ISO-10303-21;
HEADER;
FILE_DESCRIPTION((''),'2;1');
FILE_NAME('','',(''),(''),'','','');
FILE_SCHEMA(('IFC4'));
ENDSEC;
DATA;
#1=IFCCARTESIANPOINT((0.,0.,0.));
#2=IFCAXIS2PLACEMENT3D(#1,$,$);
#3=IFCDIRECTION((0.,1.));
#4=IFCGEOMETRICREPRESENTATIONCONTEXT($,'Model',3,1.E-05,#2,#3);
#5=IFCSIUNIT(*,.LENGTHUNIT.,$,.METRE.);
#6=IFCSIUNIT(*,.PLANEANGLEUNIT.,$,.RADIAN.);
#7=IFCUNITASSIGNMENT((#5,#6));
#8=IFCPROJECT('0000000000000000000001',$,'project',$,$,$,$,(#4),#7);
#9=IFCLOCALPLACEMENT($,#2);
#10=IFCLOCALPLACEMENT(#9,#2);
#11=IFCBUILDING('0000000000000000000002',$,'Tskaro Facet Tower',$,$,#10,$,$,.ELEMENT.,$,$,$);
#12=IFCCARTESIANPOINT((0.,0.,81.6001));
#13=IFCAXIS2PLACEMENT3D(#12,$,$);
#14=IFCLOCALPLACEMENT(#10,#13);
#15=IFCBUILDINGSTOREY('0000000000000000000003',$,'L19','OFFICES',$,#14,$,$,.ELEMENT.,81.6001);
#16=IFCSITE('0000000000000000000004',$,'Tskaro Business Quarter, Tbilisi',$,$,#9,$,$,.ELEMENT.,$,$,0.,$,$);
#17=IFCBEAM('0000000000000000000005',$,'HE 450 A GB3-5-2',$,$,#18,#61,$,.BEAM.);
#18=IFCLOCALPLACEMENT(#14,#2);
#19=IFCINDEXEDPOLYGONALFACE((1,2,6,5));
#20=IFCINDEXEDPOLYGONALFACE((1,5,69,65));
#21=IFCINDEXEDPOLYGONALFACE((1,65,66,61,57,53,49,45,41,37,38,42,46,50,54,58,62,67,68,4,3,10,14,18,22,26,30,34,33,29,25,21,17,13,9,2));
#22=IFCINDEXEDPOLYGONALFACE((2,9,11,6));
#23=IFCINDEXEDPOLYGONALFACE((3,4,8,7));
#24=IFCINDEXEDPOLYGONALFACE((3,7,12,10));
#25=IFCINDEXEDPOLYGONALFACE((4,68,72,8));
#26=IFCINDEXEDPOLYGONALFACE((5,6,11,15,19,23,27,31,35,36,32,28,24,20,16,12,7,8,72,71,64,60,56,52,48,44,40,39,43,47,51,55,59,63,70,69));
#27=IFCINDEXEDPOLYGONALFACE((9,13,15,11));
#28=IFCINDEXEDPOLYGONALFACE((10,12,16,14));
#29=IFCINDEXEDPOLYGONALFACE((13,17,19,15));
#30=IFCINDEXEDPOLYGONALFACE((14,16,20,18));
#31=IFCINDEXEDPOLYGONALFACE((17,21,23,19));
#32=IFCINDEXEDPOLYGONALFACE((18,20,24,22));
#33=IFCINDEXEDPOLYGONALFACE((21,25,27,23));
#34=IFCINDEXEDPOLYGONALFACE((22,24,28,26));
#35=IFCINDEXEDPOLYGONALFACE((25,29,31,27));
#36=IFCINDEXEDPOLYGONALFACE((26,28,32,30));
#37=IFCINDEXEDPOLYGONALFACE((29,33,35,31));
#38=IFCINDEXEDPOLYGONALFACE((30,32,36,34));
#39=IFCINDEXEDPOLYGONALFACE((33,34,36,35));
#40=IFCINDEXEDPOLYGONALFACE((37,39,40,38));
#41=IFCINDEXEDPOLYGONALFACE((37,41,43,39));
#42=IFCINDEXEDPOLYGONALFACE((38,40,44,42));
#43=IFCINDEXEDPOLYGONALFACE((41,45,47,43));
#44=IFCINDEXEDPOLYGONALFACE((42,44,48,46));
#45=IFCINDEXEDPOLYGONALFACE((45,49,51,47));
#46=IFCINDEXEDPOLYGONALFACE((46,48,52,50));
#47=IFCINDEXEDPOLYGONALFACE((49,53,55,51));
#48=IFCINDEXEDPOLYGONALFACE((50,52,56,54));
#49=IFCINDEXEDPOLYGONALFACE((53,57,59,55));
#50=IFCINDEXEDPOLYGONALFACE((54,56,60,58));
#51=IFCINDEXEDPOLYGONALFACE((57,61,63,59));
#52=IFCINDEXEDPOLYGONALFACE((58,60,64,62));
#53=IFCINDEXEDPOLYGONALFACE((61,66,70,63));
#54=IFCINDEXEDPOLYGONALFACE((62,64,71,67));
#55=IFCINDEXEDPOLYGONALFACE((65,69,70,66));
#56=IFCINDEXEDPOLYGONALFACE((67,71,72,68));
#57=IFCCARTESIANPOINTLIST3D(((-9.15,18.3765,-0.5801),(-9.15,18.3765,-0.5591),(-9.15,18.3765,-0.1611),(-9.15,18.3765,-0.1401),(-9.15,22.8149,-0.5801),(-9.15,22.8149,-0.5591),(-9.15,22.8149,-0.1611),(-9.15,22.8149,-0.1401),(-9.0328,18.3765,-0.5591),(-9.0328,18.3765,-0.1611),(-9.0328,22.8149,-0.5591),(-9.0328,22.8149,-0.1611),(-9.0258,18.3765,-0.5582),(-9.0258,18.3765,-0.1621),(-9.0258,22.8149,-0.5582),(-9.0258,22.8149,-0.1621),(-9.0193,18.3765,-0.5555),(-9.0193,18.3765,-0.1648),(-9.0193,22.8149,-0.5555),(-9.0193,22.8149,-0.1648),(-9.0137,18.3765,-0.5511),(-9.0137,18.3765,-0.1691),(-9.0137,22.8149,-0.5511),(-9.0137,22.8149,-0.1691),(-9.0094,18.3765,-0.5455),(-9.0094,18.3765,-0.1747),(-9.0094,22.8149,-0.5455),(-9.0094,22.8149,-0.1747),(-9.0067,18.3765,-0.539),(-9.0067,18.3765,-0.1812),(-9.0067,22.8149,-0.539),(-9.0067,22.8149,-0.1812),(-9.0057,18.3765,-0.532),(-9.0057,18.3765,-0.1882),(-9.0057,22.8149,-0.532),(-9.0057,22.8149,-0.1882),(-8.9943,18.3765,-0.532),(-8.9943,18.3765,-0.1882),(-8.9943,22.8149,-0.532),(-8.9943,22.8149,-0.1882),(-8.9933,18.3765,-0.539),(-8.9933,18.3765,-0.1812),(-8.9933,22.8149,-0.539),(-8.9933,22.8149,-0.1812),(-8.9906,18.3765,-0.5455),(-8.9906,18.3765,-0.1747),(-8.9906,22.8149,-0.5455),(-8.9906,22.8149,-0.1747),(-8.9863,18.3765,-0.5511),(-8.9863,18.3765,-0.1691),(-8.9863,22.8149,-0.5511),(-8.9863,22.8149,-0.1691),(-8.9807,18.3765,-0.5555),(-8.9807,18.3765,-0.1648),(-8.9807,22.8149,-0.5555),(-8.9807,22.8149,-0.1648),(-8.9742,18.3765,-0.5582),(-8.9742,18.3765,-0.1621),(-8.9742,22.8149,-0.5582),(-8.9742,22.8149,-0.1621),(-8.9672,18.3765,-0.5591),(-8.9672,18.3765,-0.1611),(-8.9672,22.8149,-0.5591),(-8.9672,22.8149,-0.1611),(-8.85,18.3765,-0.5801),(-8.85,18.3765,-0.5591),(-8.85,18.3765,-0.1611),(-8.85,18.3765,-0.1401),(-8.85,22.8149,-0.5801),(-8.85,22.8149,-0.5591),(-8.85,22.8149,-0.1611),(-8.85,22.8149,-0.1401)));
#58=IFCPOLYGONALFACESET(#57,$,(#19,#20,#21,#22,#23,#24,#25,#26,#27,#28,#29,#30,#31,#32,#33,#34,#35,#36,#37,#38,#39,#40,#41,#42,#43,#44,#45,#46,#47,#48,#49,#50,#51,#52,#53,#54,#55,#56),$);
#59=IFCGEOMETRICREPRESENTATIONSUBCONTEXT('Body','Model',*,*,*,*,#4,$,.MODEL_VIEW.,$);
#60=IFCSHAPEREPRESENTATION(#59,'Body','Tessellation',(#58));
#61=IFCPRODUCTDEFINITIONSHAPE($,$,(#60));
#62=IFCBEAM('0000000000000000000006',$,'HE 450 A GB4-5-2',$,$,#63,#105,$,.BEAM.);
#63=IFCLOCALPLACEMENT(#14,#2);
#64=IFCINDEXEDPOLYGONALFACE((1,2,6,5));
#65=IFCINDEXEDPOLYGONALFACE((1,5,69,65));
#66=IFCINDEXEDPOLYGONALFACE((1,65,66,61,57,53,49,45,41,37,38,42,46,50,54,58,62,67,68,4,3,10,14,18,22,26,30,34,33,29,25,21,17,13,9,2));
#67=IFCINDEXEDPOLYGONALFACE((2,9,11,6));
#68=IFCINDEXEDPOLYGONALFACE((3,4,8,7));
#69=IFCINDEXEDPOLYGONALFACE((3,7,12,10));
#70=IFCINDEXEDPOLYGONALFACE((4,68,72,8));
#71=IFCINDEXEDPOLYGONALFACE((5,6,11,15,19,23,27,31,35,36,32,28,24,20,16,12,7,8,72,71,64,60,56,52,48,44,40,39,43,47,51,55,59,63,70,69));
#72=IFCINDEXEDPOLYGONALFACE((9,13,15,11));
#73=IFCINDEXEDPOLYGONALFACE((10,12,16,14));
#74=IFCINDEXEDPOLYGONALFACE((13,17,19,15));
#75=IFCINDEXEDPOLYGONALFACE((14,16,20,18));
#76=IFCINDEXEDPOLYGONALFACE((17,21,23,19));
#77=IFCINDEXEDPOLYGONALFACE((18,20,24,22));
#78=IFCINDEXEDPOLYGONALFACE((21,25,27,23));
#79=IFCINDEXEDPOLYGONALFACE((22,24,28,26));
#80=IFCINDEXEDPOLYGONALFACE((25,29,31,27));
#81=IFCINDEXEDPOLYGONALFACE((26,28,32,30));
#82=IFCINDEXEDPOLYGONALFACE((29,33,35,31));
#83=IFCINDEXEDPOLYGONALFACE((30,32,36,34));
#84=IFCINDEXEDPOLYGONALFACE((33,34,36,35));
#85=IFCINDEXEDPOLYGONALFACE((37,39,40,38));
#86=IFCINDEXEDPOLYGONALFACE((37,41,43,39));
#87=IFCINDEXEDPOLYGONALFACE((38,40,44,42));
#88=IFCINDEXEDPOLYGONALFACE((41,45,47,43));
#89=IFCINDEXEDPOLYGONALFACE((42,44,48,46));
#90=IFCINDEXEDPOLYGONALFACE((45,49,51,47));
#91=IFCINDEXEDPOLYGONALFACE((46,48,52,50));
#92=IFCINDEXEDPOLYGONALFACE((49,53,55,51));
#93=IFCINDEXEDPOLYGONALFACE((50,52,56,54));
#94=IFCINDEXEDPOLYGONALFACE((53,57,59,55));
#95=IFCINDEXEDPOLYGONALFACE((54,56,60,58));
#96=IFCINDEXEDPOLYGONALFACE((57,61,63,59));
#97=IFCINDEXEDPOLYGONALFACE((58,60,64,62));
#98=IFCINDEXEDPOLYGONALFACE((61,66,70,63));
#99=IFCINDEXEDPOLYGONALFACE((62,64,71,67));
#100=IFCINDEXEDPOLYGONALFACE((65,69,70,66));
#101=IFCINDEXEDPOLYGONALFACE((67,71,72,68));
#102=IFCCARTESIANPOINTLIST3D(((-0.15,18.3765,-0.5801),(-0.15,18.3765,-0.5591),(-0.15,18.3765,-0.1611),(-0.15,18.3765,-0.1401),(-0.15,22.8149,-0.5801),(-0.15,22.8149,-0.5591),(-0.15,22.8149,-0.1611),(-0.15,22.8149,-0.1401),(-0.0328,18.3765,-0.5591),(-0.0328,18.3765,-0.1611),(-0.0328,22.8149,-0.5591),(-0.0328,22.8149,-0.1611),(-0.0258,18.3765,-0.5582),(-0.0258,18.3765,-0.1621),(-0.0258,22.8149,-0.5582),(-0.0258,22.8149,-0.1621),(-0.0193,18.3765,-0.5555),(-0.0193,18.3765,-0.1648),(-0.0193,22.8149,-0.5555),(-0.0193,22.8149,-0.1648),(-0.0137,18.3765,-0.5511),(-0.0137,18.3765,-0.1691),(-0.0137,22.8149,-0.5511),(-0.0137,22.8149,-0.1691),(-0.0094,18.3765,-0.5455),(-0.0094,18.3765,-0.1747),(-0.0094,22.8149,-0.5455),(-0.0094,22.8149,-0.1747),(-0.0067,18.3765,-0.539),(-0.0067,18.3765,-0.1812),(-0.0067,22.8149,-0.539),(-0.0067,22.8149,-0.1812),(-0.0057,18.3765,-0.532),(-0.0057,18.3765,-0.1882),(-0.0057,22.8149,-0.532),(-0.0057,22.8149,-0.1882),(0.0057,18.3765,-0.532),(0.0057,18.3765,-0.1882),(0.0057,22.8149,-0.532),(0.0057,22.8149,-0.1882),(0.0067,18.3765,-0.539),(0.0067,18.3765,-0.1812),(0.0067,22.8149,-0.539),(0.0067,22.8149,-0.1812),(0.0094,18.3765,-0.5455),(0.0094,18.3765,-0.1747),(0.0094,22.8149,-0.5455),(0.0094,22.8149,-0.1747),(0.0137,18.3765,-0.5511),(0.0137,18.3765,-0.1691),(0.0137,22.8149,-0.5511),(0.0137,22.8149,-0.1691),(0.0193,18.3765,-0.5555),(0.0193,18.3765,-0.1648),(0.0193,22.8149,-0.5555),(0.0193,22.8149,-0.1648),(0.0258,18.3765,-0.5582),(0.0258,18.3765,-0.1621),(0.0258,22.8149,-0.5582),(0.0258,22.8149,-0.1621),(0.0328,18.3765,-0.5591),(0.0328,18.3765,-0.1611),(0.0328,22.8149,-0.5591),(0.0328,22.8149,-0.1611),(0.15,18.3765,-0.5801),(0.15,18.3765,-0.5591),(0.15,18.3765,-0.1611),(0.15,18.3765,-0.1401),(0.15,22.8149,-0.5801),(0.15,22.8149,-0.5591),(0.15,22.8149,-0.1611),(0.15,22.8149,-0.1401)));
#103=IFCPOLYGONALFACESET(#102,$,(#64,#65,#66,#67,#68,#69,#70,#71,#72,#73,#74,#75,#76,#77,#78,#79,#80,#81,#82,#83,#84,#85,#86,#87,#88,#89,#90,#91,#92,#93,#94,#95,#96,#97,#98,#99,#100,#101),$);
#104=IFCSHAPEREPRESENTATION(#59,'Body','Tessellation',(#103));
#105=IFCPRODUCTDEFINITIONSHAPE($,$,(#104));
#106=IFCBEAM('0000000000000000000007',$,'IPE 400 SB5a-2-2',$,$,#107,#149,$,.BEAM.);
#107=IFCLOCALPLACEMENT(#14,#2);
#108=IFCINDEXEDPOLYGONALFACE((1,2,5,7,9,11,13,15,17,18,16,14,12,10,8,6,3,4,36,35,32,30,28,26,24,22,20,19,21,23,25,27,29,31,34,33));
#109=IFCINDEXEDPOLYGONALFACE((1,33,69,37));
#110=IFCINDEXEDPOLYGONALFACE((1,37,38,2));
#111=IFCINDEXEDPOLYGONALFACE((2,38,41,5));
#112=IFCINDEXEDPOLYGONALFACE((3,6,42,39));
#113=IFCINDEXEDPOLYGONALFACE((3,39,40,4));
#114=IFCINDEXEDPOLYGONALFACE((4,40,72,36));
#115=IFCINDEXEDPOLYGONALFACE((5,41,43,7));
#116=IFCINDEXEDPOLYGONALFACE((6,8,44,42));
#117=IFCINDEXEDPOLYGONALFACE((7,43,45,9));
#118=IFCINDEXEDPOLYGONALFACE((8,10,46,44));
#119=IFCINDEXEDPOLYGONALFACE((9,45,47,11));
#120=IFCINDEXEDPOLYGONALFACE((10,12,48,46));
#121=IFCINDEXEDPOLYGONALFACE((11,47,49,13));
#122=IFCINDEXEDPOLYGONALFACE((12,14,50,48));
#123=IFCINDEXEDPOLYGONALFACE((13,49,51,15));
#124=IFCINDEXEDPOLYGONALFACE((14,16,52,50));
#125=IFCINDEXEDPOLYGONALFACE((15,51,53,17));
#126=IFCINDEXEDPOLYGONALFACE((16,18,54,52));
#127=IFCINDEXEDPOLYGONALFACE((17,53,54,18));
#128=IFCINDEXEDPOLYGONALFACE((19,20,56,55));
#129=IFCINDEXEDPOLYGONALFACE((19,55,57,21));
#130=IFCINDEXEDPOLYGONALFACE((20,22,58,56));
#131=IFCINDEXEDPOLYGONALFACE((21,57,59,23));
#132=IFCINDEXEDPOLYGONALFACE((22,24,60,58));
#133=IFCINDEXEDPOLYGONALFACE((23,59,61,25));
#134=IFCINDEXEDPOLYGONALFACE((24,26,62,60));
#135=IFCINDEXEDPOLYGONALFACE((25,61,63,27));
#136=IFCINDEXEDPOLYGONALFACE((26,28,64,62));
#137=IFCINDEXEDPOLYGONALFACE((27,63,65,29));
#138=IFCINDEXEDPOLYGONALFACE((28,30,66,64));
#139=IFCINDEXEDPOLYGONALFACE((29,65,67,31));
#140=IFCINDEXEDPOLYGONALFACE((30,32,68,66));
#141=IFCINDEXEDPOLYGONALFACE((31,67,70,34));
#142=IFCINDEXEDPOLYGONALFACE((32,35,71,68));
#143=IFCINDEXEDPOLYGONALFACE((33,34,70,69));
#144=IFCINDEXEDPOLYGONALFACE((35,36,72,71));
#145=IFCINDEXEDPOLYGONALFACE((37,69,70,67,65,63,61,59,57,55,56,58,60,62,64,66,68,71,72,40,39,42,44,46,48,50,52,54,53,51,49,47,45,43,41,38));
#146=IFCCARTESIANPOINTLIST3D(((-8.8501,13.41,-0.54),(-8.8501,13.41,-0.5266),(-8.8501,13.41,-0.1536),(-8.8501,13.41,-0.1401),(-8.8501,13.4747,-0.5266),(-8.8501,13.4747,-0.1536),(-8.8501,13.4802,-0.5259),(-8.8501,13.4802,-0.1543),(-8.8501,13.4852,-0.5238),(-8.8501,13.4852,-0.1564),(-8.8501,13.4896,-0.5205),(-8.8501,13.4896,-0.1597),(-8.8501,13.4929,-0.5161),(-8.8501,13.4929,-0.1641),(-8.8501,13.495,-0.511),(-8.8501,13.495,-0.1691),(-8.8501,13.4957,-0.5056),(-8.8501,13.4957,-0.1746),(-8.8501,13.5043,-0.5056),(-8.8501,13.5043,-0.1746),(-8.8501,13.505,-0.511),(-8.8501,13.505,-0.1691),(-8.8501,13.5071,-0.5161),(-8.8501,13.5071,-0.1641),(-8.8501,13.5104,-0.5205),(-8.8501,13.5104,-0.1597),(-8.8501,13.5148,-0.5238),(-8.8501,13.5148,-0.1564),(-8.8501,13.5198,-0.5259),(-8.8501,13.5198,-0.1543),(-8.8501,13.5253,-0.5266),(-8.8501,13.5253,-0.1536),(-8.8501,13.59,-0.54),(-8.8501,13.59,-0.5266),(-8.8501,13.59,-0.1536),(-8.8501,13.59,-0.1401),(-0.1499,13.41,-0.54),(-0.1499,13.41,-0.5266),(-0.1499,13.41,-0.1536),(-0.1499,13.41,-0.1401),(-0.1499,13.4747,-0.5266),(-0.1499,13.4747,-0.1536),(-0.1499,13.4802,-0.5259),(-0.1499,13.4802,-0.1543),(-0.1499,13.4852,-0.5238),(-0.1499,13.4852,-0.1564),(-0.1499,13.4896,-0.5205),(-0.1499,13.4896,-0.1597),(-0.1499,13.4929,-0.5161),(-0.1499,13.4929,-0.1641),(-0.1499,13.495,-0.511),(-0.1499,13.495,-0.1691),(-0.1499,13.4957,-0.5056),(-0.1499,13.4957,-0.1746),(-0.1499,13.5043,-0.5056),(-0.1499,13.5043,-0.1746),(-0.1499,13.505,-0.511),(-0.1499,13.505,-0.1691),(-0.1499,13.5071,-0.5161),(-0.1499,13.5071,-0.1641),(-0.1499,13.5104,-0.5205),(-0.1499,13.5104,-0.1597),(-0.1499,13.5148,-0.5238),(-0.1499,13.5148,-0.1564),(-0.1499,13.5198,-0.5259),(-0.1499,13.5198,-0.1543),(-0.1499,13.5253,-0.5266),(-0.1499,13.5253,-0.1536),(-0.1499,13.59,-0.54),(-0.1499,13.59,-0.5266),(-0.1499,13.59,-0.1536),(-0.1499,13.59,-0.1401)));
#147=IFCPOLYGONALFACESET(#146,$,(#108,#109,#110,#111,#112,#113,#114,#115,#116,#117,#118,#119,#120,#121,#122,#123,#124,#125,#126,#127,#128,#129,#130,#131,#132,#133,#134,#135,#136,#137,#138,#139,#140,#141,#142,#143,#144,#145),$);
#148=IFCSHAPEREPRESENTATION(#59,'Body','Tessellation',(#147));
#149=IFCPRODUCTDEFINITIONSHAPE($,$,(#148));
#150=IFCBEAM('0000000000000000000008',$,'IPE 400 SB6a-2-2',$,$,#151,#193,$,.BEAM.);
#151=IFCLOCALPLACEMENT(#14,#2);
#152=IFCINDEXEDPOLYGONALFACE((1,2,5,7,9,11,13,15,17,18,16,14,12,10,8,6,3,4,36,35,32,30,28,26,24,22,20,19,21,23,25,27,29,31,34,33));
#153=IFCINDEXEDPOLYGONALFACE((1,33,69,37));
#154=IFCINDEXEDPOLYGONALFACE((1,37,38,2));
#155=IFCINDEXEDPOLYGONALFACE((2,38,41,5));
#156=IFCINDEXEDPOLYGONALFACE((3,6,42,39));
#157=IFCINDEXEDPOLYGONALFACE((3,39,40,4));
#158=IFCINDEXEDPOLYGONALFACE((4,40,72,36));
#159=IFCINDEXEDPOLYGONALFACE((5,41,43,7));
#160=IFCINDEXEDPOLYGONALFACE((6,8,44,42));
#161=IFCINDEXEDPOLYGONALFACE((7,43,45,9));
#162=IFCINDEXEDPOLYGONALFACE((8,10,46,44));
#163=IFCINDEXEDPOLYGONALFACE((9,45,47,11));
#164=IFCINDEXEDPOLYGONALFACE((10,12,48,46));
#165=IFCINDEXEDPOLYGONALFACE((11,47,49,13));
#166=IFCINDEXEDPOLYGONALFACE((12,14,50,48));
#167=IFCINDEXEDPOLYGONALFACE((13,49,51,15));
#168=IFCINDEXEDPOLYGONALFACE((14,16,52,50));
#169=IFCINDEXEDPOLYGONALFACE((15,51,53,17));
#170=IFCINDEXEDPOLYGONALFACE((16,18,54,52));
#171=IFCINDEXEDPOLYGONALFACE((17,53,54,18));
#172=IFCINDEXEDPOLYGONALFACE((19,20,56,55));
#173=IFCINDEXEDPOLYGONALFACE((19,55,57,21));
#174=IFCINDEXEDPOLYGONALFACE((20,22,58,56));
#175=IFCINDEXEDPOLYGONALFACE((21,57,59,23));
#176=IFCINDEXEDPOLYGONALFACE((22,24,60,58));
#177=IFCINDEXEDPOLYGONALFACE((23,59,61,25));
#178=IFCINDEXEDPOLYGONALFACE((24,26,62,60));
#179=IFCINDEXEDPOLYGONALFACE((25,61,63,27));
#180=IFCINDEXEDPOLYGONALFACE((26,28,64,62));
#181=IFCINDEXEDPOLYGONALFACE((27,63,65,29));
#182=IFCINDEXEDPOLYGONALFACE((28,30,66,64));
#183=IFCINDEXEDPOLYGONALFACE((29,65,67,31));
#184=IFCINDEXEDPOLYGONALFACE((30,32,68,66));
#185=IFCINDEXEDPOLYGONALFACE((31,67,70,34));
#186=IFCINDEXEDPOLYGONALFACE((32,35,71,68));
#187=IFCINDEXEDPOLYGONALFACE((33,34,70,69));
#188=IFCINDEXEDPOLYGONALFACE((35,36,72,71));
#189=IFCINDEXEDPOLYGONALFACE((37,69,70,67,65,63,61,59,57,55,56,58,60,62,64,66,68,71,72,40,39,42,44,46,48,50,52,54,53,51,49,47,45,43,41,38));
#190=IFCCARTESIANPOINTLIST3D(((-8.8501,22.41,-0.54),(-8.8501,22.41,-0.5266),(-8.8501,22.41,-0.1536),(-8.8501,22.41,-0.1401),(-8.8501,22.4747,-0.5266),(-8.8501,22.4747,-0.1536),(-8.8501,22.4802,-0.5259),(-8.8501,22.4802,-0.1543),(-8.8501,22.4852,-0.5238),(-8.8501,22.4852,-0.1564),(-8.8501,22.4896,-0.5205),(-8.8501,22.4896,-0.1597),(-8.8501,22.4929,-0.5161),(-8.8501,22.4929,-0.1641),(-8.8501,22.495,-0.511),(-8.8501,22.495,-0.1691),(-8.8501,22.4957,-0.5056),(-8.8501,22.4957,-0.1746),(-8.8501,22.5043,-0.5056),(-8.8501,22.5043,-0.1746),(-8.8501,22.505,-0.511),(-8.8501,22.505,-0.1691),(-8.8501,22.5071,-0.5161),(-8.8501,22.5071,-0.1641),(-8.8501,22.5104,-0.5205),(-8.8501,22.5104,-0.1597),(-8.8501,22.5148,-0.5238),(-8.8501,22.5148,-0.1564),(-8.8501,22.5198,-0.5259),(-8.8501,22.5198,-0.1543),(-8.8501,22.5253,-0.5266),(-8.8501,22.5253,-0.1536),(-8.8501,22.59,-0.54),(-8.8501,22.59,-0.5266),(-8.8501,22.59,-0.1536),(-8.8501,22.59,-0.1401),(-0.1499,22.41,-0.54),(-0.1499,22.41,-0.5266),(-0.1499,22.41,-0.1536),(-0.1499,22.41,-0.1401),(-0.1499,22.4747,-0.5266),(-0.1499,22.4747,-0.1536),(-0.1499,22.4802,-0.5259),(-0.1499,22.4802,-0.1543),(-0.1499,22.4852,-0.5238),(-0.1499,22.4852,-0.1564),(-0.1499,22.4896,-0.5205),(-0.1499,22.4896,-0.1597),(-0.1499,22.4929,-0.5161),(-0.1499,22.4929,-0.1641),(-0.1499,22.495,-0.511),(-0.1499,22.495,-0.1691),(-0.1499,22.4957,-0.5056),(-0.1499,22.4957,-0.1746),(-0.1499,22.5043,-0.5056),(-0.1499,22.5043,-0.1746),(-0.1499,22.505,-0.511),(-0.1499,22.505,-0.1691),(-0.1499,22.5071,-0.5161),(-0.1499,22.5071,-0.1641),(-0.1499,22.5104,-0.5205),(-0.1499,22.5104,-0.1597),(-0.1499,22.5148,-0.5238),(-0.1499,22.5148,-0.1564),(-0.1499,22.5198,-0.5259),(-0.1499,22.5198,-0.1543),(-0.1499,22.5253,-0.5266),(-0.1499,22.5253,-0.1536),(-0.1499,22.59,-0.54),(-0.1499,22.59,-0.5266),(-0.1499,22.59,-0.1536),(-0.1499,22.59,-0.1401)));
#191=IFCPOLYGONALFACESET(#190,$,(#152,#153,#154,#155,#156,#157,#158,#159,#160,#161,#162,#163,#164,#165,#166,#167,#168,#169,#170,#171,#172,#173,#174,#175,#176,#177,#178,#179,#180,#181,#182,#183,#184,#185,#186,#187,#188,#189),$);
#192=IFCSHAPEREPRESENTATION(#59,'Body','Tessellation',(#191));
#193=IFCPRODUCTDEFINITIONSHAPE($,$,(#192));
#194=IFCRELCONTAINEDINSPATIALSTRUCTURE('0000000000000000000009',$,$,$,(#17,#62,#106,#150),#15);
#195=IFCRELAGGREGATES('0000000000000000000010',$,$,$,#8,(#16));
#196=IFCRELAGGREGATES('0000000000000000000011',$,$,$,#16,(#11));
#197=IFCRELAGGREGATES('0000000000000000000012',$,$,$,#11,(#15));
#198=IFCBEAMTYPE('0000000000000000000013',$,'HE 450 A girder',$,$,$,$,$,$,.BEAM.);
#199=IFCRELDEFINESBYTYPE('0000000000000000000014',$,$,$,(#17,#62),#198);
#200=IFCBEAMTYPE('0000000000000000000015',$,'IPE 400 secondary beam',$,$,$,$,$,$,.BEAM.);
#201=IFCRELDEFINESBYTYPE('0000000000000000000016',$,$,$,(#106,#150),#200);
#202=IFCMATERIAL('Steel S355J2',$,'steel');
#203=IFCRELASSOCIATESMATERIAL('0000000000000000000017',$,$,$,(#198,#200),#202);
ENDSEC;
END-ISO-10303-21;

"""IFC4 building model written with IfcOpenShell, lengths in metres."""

from ifc_helpers import new_model, si_unit, direction, frame, origin, origin_2d, place, context, subcontext, project, spatial, i_section, extrude, material, material_profile, profile_set, type_object, element, save


model = new_model("IFC4")

# Units and contexts
model_context = context("Model", 3, precision=1e-05, world=origin(), true_north=direction((0.0, 1.0)))
body_context = subcontext(model_context, "Body", "Model", "MODEL_VIEW")
ifc_project = project(units=[si_unit("LENGTHUNIT", "METRE"), si_unit("PLANEANGLEUNIT", "RADIAN")], contexts=[model_context])

# Site, building, storey
site_placement = place(None, origin())
site = spatial("IfcSite", under=ifc_project, at=site_placement, Name="Tskaro Business Quarter, Tbilisi", CompositionType="ELEMENT", RefElevation=0.0)
building_placement = place(site_placement, origin())
building = spatial("IfcBuilding", under=site, at=building_placement, Name="Tskaro Facet Tower", CompositionType="ELEMENT")
storey_placement = place(building_placement, frame((0.0, 0.0, 81.6001)))
storey = spatial("IfcBuildingStorey", under=building, at=storey_placement, Name="L19", Description="OFFICES", CompositionType="ELEMENT", Elevation=81.6001)

# Beams
ifc_material_1 = material(Name="Steel S355J2", Category="steel")
ifc_material_profile_1 = material_profile(ifc_material_1, i_section(OverallWidth=0.3, OverallDepth=0.4399, WebThickness=0.0115, FlangeThickness=0.021, FilletRadius=0.0271, at=origin_2d()), Name="HE 450 A")
ifc_profile_set_1 = profile_set([ifc_material_profile_1], Name="Steel S355J2")
beam_type_1 = type_object("IfcBeamType", Name="HE 450 A girder", PredefinedType="BEAM", material=ifc_profile_set_1)
for number, where, z_axis, x_axis, name in (
    (1, (-9.0, 18.3765, -0.3601), (0.0, 1.0, 0.0), (-1.0, 0.0, 0.0), "HE 450 A GB3-5-2"),
    (2, (0.0, 18.3765, -0.3601), (0.0, 1.0, 0.0), (-1.0, 0.0, 0.0), "HE 450 A GB4-5-2"),
):
    element("IfcBeam", number, at=place(storey_placement, frame(where, z_axis=z_axis, x_axis=x_axis)), inside=storey, type_object=beam_type_1, Name=name, PredefinedType="BEAM", context=body_context, shape_type="SweptSolid", body=[
        extrude(i_section(OverallWidth=0.3, OverallDepth=0.4399, WebThickness=0.0115, FlangeThickness=0.021, FilletRadius=0.0271, at=origin_2d()), origin(), (0.0, 0.0, 1.0), 4.4385),
    ])
ifc_material_profile_2 = material_profile(ifc_material_1, i_section(OverallWidth=0.1799, OverallDepth=0.3999, WebThickness=0.0085, FlangeThickness=0.0134, FilletRadius=0.021, at=origin_2d()), Name="IPE 400")
ifc_profile_set_2 = profile_set([ifc_material_profile_2], Name="Steel S355J2")
beam_type_2 = type_object("IfcBeamType", Name="IPE 400 secondary beam", PredefinedType="BEAM", material=ifc_profile_set_2)
for number, where, z_axis, x_axis, name in (
    (3, (-8.8501, 13.5, -0.3401), (1.0, 0.0, 0.0), (0.0, 1.0, 0.0), "IPE 400 SB5a-2-2"),
    (4, (-8.8501, 22.5, -0.3401), (1.0, 0.0, 0.0), (0.0, 1.0, 0.0), "IPE 400 SB6a-2-2"),
):
    element("IfcBeam", number, at=place(storey_placement, frame(where, z_axis=z_axis, x_axis=x_axis)), inside=storey, type_object=beam_type_2, Name=name, PredefinedType="BEAM", context=body_context, shape_type="SweptSolid", body=[
        extrude(i_section(OverallWidth=0.1799, OverallDepth=0.3999, WebThickness=0.0085, FlangeThickness=0.0134, FilletRadius=0.021, at=origin_2d()), origin(), (0.0, 0.0, 1.0), 8.7002),
    ])

save(model, "model.ifc")
